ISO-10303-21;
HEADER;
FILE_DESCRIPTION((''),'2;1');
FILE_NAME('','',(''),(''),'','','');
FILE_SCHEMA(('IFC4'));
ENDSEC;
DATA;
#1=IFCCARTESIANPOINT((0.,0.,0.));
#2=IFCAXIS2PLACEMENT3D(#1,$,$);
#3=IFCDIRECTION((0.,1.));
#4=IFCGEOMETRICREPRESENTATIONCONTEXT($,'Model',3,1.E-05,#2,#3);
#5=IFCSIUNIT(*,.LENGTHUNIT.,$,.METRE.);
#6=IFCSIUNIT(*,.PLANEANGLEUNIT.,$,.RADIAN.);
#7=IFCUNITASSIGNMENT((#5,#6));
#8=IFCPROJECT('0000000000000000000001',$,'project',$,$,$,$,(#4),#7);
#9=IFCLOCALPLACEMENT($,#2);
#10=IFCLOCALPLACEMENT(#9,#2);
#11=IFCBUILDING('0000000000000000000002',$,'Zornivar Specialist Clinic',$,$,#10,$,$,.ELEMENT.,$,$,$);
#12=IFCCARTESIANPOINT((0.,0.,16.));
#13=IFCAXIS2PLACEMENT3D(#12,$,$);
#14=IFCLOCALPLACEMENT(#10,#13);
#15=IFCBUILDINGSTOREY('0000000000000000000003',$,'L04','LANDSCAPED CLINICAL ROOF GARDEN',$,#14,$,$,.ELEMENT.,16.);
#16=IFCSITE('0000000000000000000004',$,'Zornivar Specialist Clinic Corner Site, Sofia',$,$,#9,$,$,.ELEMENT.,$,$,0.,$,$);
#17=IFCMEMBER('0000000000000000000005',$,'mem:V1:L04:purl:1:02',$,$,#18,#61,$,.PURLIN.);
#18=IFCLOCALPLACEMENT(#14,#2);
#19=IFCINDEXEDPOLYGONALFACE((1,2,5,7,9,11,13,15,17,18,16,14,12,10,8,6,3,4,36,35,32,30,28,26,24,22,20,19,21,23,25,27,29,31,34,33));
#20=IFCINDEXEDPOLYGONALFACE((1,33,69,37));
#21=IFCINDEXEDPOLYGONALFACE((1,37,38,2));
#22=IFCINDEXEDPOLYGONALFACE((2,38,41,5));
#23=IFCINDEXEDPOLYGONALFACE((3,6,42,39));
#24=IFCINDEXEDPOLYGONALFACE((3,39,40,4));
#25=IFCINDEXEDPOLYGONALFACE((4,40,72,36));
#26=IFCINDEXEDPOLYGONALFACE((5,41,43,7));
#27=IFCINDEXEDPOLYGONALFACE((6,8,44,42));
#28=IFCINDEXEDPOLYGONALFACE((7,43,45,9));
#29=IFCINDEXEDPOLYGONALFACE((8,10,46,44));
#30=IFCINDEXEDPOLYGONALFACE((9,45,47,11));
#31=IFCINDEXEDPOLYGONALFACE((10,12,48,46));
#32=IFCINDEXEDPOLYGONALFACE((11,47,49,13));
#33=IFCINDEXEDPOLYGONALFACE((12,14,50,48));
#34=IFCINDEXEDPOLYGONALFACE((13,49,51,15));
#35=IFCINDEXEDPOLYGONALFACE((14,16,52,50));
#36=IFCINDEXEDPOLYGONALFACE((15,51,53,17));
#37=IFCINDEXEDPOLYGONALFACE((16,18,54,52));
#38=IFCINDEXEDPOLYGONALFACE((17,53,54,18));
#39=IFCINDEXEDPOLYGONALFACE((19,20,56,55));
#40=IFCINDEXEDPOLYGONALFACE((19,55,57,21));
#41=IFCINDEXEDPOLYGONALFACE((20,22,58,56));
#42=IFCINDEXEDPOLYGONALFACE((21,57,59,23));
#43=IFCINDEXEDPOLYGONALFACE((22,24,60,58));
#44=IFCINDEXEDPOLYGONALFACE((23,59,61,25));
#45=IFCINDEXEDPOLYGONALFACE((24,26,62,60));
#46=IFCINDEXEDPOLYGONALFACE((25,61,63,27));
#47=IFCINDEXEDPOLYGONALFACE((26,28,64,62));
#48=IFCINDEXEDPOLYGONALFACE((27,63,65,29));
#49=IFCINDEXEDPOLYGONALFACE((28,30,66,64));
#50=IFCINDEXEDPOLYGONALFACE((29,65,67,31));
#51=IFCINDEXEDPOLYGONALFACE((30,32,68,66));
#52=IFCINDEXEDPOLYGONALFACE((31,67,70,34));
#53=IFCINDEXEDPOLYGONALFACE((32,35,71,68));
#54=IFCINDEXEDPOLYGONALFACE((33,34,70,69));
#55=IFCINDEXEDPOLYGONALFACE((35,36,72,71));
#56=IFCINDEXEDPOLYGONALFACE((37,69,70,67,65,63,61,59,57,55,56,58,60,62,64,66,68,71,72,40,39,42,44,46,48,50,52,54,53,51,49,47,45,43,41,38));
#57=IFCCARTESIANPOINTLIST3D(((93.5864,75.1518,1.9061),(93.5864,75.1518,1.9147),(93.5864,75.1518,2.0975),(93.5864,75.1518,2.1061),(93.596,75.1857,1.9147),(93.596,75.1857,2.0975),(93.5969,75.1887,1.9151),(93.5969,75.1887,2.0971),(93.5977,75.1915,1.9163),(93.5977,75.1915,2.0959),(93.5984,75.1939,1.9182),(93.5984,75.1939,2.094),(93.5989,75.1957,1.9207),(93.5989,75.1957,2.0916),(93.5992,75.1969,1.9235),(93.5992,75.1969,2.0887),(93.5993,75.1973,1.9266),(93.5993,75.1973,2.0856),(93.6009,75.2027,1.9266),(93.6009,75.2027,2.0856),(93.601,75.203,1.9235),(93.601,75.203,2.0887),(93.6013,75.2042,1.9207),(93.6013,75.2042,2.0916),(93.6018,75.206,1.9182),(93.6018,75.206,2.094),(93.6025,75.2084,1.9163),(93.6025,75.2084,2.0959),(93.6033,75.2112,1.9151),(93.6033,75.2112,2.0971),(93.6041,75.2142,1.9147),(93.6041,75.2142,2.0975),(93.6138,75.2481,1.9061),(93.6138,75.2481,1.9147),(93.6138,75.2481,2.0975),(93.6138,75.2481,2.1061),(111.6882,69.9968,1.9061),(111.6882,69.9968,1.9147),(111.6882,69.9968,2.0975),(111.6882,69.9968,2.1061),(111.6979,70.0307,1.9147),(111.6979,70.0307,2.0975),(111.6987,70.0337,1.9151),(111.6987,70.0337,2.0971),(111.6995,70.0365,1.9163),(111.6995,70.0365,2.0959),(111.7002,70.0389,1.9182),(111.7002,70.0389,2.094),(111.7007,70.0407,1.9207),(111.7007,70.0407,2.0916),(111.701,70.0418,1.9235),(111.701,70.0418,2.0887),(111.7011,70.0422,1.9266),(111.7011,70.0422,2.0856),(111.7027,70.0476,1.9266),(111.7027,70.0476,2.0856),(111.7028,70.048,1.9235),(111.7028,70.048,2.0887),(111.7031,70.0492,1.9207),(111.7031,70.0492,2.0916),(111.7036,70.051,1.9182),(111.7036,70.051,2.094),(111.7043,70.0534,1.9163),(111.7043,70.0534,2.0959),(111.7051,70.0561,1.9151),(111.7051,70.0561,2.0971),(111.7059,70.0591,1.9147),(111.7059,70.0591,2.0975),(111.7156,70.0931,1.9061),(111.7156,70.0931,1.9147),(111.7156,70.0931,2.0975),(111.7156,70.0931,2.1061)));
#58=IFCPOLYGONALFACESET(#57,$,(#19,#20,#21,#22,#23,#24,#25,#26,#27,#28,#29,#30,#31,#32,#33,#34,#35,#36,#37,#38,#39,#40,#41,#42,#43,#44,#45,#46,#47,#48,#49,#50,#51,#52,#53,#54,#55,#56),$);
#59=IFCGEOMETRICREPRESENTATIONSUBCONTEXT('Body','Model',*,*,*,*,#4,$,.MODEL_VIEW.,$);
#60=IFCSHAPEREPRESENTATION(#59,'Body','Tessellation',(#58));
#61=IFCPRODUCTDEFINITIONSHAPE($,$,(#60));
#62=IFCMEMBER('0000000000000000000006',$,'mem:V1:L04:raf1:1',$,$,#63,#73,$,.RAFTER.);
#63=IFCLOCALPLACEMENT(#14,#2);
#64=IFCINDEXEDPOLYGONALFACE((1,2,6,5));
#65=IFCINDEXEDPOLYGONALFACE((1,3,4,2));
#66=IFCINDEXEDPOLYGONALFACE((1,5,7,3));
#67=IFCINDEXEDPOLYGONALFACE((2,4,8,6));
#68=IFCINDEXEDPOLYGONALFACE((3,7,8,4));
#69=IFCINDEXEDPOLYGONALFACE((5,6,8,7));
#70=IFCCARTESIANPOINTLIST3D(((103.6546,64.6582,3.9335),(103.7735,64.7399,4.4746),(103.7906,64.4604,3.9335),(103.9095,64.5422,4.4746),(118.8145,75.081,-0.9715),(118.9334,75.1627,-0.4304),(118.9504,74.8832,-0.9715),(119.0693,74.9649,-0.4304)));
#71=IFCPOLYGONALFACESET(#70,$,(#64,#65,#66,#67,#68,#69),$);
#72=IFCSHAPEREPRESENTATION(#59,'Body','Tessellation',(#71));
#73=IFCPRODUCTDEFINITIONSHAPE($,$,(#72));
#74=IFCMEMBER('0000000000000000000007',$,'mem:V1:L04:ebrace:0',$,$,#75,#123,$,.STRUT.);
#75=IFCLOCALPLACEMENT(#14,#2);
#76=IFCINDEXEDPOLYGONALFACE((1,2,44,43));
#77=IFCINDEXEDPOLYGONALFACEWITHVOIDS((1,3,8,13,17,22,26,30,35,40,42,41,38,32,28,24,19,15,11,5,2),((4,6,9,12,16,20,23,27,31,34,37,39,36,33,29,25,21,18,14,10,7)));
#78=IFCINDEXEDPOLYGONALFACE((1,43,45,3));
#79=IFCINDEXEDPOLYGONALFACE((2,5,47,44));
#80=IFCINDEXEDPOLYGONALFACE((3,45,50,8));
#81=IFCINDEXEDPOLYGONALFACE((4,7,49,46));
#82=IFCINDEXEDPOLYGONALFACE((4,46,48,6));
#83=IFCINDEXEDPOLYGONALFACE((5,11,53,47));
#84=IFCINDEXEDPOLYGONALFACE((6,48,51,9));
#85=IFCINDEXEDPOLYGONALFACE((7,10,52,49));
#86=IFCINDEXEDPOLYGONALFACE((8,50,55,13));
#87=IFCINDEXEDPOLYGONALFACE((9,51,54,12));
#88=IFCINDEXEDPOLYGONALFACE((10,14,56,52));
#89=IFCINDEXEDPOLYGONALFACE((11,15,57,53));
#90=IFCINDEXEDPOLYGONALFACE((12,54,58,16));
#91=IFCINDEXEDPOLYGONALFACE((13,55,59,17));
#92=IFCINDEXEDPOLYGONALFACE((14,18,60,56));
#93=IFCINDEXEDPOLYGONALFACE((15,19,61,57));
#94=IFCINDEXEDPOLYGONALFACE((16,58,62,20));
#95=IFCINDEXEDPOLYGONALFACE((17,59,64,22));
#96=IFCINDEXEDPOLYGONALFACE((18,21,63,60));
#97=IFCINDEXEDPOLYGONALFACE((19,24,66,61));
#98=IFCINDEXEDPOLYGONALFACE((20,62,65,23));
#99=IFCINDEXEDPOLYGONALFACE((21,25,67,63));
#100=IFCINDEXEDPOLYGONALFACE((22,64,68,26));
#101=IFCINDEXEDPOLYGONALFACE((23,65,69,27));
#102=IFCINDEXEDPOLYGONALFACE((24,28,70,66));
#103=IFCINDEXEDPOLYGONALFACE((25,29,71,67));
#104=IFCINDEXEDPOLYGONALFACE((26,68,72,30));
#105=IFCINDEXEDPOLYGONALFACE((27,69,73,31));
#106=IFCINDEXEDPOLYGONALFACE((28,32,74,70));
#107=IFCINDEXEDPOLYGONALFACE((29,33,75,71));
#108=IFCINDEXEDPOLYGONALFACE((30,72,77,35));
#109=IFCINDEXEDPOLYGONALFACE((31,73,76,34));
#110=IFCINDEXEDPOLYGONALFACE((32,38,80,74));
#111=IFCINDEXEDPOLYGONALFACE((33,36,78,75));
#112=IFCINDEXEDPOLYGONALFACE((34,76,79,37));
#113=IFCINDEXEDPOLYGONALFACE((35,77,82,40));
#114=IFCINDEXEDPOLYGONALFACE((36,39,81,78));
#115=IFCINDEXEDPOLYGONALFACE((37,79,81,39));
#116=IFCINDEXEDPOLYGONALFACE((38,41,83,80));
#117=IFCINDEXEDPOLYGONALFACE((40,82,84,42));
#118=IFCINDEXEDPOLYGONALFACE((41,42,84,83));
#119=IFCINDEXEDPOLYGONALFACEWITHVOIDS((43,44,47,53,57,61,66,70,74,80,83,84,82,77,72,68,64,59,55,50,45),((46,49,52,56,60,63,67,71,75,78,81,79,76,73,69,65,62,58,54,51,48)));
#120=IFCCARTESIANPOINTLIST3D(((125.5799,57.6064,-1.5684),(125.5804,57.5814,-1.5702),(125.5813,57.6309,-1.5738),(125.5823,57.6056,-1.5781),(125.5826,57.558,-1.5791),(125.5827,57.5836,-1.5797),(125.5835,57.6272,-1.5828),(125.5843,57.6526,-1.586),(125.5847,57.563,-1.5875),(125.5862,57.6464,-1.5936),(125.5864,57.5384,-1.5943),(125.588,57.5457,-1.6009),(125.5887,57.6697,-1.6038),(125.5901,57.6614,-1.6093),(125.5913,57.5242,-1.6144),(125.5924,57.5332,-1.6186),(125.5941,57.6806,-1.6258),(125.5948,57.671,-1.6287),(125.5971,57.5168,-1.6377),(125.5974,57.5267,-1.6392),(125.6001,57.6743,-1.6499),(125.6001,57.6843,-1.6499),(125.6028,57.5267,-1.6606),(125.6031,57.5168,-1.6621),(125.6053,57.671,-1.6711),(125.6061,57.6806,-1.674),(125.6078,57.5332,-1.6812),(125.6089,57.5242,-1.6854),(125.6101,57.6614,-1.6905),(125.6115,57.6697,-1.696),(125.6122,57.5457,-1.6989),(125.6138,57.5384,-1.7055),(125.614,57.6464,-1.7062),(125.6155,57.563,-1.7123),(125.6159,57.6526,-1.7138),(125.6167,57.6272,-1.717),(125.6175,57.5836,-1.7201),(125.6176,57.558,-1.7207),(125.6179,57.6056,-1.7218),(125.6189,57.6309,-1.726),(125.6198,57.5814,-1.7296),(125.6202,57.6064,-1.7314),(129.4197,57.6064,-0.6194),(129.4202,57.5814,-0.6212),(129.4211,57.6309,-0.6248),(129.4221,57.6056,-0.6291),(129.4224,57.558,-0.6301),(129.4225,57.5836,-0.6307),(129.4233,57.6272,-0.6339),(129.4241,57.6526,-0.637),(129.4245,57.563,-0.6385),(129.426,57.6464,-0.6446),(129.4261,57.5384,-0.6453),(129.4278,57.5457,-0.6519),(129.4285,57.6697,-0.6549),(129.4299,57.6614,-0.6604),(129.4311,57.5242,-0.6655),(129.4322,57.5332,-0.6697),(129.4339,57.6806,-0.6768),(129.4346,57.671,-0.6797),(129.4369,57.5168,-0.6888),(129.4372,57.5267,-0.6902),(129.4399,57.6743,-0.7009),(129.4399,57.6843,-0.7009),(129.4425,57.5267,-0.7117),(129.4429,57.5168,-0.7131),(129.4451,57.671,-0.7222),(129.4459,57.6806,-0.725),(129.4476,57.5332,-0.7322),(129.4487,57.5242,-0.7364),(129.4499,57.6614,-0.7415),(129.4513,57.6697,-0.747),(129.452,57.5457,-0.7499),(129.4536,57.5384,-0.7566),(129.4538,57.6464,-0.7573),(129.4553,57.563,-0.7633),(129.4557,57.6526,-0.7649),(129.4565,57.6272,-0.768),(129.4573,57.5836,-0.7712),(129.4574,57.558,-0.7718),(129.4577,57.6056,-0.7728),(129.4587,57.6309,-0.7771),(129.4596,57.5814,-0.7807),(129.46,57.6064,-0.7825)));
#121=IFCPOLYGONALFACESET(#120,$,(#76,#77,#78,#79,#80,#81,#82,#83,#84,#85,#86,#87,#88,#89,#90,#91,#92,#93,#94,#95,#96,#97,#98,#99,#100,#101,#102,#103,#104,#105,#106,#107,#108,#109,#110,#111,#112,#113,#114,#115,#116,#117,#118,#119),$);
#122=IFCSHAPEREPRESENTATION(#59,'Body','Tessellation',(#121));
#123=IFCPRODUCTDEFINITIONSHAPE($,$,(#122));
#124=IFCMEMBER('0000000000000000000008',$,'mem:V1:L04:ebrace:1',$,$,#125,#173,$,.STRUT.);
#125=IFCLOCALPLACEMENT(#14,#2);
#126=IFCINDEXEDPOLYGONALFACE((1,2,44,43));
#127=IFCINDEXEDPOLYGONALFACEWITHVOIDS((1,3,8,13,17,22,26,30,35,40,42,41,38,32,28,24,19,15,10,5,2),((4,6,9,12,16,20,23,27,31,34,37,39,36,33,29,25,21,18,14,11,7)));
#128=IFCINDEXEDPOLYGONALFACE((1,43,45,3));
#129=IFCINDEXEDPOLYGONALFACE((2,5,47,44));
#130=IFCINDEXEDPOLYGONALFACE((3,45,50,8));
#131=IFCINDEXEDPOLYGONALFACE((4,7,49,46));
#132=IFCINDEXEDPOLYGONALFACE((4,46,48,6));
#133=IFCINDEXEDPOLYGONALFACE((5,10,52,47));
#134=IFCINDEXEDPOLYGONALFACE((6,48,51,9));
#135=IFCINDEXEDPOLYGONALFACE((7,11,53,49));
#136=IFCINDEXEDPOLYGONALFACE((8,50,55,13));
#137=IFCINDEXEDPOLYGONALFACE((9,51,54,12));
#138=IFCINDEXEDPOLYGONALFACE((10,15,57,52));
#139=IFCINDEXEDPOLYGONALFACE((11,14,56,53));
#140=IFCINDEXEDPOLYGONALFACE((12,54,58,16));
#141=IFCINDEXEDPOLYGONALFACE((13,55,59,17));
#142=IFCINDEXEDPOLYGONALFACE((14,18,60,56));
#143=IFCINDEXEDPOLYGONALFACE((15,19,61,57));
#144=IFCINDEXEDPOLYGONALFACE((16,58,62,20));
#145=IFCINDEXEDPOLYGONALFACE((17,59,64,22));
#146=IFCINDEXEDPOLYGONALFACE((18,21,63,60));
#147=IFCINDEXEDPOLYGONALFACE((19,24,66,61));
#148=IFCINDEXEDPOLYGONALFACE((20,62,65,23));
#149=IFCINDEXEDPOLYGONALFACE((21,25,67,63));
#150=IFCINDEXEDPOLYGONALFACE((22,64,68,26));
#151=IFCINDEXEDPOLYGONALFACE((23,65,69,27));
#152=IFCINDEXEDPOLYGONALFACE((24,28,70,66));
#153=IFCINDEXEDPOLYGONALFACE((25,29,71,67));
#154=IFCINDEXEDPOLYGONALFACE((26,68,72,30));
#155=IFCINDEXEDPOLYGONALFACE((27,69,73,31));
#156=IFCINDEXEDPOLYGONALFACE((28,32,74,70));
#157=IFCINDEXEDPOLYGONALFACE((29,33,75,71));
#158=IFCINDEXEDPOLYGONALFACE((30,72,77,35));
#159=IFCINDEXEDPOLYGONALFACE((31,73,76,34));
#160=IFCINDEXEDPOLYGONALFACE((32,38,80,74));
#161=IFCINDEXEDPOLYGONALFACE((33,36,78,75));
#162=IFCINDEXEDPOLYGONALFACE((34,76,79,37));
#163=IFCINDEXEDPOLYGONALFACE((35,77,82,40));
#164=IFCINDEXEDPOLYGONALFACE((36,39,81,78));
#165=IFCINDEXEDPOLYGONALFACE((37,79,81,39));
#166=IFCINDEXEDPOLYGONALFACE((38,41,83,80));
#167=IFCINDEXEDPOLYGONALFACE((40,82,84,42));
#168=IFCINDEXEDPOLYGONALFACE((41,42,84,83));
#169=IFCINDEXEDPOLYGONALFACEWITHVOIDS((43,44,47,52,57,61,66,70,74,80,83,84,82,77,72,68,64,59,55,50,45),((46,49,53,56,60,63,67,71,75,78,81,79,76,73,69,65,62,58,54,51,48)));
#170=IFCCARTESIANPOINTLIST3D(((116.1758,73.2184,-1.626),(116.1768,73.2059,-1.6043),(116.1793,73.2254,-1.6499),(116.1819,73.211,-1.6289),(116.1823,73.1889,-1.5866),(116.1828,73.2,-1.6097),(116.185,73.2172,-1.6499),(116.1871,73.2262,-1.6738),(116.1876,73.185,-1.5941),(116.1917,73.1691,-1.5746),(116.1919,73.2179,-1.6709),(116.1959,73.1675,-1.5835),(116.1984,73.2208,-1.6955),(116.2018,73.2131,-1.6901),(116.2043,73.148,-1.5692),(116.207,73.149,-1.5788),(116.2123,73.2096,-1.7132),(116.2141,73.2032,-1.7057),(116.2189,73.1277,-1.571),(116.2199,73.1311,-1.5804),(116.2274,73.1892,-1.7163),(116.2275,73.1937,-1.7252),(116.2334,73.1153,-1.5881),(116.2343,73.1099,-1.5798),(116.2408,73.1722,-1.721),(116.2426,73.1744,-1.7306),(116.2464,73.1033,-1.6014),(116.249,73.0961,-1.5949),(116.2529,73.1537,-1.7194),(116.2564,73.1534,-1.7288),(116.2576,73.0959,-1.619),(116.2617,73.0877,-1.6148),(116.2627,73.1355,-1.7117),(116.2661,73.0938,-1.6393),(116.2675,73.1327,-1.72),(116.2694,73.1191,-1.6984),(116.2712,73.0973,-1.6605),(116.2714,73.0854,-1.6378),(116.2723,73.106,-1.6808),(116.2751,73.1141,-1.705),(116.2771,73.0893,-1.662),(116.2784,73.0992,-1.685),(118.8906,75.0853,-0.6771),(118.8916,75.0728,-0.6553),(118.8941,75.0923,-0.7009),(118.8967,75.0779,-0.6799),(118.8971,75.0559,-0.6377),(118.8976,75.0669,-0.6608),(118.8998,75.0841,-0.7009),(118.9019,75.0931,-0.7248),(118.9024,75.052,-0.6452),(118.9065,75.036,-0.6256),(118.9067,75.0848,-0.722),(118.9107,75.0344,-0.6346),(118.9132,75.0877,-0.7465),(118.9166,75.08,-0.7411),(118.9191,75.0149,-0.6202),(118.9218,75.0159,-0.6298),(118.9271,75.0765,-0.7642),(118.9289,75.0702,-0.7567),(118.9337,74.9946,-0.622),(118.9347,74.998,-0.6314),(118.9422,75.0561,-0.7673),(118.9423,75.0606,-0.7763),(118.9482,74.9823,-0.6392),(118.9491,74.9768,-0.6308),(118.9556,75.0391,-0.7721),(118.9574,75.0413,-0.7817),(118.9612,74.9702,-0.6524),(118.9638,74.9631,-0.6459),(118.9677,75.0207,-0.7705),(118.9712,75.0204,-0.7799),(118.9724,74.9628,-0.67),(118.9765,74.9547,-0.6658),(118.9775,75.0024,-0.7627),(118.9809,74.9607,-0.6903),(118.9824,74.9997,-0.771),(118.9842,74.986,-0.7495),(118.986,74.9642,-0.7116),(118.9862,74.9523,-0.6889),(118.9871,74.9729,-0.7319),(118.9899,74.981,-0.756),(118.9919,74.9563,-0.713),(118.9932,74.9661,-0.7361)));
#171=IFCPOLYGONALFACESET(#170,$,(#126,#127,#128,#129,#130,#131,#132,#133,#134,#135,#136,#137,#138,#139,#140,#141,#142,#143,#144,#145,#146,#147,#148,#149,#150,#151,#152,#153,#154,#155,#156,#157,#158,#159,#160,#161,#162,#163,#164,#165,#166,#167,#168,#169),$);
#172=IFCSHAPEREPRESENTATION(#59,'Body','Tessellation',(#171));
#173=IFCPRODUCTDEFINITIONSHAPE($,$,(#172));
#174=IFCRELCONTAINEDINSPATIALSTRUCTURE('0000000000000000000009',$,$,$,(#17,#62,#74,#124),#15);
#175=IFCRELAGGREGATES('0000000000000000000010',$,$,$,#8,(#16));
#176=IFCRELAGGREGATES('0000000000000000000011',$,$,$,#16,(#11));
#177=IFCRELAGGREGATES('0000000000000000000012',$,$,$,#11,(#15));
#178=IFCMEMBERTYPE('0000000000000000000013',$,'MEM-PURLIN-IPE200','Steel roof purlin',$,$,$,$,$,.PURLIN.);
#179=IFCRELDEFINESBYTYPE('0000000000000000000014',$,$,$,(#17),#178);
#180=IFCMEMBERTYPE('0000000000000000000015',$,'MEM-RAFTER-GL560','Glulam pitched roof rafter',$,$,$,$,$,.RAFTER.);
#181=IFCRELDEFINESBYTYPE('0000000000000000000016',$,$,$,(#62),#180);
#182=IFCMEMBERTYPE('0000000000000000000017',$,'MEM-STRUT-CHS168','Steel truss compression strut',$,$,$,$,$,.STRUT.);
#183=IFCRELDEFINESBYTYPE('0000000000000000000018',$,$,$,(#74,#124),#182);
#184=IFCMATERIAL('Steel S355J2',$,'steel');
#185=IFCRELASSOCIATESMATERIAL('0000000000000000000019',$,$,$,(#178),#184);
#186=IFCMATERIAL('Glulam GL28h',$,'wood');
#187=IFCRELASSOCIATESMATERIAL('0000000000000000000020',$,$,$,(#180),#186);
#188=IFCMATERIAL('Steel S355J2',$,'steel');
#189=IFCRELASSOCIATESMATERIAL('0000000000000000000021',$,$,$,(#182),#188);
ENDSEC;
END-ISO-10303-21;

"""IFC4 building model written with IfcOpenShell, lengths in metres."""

from ifc_helpers import new_model, si_unit, direction, frame, origin, origin_2d, place, context, subcontext, project, spatial, rectangle, hollow_circle, i_section, extrude, material, material_profile, profile_set, type_object, element, save


model = new_model("IFC4")

# Units and contexts
model_context = context("Model", 3, precision=1e-05, world=origin(), true_north=direction((0.0, 1.0)))
body_context = subcontext(model_context, "Body", "Model", "MODEL_VIEW")
ifc_project = project(units=[si_unit("LENGTHUNIT", "METRE"), si_unit("PLANEANGLEUNIT", "RADIAN")], contexts=[model_context])

# Site, building, storey
site_placement = place(None, origin())
site = spatial("IfcSite", under=ifc_project, at=site_placement, Name="Zornivar Specialist Clinic Corner Site, Sofia", CompositionType="ELEMENT", RefElevation=0.0)
building_placement = place(site_placement, origin())
building = spatial("IfcBuilding", under=site, at=building_placement, Name="Zornivar Specialist Clinic", CompositionType="ELEMENT")
storey_placement = place(building_placement, frame((0.0, 0.0, 16.0)))
storey = spatial("IfcBuildingStorey", under=building, at=storey_placement, Name="L04", Description="LANDSCAPED CLINICAL ROOF GARDEN", CompositionType="ELEMENT", Elevation=16.0)

# Members
ifc_material_1 = material(Name="Steel S355J2", Category="steel")
ifc_material_profile_1 = material_profile(ifc_material_1, i_section(OverallWidth=0.1001, OverallDepth=0.2, WebThickness=0.0056, FlangeThickness=0.0085, FilletRadius=0.012, at=origin_2d()), Name="IPE 200")
ifc_profile_set_1 = profile_set([ifc_material_profile_1], Name="Steel S355J2")
member_type_1 = type_object("IfcMemberType", Name="MEM-PURLIN-IPE200", Description="Steel roof purlin", PredefinedType="PURLIN", material=ifc_profile_set_1)
member_1_placement = place(storey_placement, frame((111.7019, 70.0449, 2.0061), z_axis=(-0.961761, 0.27389, 0.0), x_axis=(-0.27389, -0.961761, 0.0)))
element("IfcMember", 1, at=member_1_placement, inside=storey, type_object=member_type_1, Name="mem:V1:L04:purl:1:02", PredefinedType="PURLIN", context=body_context, shape_type="SweptSolid", body=[
    extrude(i_section(OverallWidth=0.1001, OverallDepth=0.2, WebThickness=0.0056, FlangeThickness=0.0085, FilletRadius=0.012, at=origin_2d()), origin(), (0.0, 0.0, 1.0), 18.8215),
])
ifc_material_2 = material(Name="Glulam GL28h", Category="wood")
ifc_material_profile_2 = material_profile(ifc_material_2, rectangle(XDim=0.24, YDim=0.5601, at=origin_2d()), Name="GL28h 240x560")
ifc_profile_set_2 = profile_set([ifc_material_profile_2], Name="Glulam GL28h")
member_type_2 = type_object("IfcMemberType", Name="MEM-RAFTER-GL560", Description="Glulam pitched roof rafter", PredefinedType="RAFTER", material=ifc_profile_set_2)
member_2_placement = place(storey_placement, frame((118.9419, 75.0229, -0.7009), z_axis=(-0.796218, -0.547421, 0.257618), x_axis=(0.566544, -0.824031, 0.0)))
element("IfcMember", 2, at=member_2_placement, inside=storey, type_object=member_type_2, Name="mem:V1:L04:raf1:1", PredefinedType="RAFTER", context=body_context, shape_type="SweptSolid", body=[
    extrude(rectangle(XDim=0.24, YDim=0.5601, at=origin_2d()), origin(), (0.0, 0.0, 1.0), 19.0398),
])
ifc_material_3 = material(Name="Steel S355J2", Category="steel")
ifc_material_profile_3 = material_profile(ifc_material_3, hollow_circle(Radius=0.0842, WallThickness=0.01, at=origin_2d()), Name="CHS 168.3x10")
ifc_profile_set_3 = profile_set([ifc_material_profile_3], Name="Steel S355J2")
member_type_3 = type_object("IfcMemberType", Name="MEM-STRUT-CHS168", Description="Steel truss compression strut", PredefinedType="STRUT", material=ifc_profile_set_3)
member_3_placement = place(storey_placement, frame((125.6001, 57.6001, -1.6499), z_axis=(0.970793, 0.0, 0.239921), x_axis=(0.0, 1.0, 0.0)))
element("IfcMember", 3, at=member_3_placement, inside=storey, type_object=member_type_3, Name="mem:V1:L04:ebrace:0", PredefinedType="STRUT", context=body_context, shape_type="SweptSolid", body=[
    extrude(hollow_circle(Radius=0.0842, WallThickness=0.01, at=origin_2d()), origin(), (0.0, 0.0, 1.0), 3.9553),
])
member_4_placement = place(storey_placement, frame((116.2271, 73.156, -1.6499), z_axis=(0.791785, 0.544495, 0.276769), x_axis=(-0.566629, 0.823973, 0.0)))
element("IfcMember", 4, at=member_4_placement, inside=storey, type_object=member_type_3, Name="mem:V1:L04:ebrace:1", PredefinedType="STRUT", context=body_context, shape_type="SweptSolid", body=[
    extrude(hollow_circle(Radius=0.0842, WallThickness=0.01, at=origin_2d()), origin(), (0.0, 0.0, 1.0), 3.4287),
])

save(model, "model.ifc")
